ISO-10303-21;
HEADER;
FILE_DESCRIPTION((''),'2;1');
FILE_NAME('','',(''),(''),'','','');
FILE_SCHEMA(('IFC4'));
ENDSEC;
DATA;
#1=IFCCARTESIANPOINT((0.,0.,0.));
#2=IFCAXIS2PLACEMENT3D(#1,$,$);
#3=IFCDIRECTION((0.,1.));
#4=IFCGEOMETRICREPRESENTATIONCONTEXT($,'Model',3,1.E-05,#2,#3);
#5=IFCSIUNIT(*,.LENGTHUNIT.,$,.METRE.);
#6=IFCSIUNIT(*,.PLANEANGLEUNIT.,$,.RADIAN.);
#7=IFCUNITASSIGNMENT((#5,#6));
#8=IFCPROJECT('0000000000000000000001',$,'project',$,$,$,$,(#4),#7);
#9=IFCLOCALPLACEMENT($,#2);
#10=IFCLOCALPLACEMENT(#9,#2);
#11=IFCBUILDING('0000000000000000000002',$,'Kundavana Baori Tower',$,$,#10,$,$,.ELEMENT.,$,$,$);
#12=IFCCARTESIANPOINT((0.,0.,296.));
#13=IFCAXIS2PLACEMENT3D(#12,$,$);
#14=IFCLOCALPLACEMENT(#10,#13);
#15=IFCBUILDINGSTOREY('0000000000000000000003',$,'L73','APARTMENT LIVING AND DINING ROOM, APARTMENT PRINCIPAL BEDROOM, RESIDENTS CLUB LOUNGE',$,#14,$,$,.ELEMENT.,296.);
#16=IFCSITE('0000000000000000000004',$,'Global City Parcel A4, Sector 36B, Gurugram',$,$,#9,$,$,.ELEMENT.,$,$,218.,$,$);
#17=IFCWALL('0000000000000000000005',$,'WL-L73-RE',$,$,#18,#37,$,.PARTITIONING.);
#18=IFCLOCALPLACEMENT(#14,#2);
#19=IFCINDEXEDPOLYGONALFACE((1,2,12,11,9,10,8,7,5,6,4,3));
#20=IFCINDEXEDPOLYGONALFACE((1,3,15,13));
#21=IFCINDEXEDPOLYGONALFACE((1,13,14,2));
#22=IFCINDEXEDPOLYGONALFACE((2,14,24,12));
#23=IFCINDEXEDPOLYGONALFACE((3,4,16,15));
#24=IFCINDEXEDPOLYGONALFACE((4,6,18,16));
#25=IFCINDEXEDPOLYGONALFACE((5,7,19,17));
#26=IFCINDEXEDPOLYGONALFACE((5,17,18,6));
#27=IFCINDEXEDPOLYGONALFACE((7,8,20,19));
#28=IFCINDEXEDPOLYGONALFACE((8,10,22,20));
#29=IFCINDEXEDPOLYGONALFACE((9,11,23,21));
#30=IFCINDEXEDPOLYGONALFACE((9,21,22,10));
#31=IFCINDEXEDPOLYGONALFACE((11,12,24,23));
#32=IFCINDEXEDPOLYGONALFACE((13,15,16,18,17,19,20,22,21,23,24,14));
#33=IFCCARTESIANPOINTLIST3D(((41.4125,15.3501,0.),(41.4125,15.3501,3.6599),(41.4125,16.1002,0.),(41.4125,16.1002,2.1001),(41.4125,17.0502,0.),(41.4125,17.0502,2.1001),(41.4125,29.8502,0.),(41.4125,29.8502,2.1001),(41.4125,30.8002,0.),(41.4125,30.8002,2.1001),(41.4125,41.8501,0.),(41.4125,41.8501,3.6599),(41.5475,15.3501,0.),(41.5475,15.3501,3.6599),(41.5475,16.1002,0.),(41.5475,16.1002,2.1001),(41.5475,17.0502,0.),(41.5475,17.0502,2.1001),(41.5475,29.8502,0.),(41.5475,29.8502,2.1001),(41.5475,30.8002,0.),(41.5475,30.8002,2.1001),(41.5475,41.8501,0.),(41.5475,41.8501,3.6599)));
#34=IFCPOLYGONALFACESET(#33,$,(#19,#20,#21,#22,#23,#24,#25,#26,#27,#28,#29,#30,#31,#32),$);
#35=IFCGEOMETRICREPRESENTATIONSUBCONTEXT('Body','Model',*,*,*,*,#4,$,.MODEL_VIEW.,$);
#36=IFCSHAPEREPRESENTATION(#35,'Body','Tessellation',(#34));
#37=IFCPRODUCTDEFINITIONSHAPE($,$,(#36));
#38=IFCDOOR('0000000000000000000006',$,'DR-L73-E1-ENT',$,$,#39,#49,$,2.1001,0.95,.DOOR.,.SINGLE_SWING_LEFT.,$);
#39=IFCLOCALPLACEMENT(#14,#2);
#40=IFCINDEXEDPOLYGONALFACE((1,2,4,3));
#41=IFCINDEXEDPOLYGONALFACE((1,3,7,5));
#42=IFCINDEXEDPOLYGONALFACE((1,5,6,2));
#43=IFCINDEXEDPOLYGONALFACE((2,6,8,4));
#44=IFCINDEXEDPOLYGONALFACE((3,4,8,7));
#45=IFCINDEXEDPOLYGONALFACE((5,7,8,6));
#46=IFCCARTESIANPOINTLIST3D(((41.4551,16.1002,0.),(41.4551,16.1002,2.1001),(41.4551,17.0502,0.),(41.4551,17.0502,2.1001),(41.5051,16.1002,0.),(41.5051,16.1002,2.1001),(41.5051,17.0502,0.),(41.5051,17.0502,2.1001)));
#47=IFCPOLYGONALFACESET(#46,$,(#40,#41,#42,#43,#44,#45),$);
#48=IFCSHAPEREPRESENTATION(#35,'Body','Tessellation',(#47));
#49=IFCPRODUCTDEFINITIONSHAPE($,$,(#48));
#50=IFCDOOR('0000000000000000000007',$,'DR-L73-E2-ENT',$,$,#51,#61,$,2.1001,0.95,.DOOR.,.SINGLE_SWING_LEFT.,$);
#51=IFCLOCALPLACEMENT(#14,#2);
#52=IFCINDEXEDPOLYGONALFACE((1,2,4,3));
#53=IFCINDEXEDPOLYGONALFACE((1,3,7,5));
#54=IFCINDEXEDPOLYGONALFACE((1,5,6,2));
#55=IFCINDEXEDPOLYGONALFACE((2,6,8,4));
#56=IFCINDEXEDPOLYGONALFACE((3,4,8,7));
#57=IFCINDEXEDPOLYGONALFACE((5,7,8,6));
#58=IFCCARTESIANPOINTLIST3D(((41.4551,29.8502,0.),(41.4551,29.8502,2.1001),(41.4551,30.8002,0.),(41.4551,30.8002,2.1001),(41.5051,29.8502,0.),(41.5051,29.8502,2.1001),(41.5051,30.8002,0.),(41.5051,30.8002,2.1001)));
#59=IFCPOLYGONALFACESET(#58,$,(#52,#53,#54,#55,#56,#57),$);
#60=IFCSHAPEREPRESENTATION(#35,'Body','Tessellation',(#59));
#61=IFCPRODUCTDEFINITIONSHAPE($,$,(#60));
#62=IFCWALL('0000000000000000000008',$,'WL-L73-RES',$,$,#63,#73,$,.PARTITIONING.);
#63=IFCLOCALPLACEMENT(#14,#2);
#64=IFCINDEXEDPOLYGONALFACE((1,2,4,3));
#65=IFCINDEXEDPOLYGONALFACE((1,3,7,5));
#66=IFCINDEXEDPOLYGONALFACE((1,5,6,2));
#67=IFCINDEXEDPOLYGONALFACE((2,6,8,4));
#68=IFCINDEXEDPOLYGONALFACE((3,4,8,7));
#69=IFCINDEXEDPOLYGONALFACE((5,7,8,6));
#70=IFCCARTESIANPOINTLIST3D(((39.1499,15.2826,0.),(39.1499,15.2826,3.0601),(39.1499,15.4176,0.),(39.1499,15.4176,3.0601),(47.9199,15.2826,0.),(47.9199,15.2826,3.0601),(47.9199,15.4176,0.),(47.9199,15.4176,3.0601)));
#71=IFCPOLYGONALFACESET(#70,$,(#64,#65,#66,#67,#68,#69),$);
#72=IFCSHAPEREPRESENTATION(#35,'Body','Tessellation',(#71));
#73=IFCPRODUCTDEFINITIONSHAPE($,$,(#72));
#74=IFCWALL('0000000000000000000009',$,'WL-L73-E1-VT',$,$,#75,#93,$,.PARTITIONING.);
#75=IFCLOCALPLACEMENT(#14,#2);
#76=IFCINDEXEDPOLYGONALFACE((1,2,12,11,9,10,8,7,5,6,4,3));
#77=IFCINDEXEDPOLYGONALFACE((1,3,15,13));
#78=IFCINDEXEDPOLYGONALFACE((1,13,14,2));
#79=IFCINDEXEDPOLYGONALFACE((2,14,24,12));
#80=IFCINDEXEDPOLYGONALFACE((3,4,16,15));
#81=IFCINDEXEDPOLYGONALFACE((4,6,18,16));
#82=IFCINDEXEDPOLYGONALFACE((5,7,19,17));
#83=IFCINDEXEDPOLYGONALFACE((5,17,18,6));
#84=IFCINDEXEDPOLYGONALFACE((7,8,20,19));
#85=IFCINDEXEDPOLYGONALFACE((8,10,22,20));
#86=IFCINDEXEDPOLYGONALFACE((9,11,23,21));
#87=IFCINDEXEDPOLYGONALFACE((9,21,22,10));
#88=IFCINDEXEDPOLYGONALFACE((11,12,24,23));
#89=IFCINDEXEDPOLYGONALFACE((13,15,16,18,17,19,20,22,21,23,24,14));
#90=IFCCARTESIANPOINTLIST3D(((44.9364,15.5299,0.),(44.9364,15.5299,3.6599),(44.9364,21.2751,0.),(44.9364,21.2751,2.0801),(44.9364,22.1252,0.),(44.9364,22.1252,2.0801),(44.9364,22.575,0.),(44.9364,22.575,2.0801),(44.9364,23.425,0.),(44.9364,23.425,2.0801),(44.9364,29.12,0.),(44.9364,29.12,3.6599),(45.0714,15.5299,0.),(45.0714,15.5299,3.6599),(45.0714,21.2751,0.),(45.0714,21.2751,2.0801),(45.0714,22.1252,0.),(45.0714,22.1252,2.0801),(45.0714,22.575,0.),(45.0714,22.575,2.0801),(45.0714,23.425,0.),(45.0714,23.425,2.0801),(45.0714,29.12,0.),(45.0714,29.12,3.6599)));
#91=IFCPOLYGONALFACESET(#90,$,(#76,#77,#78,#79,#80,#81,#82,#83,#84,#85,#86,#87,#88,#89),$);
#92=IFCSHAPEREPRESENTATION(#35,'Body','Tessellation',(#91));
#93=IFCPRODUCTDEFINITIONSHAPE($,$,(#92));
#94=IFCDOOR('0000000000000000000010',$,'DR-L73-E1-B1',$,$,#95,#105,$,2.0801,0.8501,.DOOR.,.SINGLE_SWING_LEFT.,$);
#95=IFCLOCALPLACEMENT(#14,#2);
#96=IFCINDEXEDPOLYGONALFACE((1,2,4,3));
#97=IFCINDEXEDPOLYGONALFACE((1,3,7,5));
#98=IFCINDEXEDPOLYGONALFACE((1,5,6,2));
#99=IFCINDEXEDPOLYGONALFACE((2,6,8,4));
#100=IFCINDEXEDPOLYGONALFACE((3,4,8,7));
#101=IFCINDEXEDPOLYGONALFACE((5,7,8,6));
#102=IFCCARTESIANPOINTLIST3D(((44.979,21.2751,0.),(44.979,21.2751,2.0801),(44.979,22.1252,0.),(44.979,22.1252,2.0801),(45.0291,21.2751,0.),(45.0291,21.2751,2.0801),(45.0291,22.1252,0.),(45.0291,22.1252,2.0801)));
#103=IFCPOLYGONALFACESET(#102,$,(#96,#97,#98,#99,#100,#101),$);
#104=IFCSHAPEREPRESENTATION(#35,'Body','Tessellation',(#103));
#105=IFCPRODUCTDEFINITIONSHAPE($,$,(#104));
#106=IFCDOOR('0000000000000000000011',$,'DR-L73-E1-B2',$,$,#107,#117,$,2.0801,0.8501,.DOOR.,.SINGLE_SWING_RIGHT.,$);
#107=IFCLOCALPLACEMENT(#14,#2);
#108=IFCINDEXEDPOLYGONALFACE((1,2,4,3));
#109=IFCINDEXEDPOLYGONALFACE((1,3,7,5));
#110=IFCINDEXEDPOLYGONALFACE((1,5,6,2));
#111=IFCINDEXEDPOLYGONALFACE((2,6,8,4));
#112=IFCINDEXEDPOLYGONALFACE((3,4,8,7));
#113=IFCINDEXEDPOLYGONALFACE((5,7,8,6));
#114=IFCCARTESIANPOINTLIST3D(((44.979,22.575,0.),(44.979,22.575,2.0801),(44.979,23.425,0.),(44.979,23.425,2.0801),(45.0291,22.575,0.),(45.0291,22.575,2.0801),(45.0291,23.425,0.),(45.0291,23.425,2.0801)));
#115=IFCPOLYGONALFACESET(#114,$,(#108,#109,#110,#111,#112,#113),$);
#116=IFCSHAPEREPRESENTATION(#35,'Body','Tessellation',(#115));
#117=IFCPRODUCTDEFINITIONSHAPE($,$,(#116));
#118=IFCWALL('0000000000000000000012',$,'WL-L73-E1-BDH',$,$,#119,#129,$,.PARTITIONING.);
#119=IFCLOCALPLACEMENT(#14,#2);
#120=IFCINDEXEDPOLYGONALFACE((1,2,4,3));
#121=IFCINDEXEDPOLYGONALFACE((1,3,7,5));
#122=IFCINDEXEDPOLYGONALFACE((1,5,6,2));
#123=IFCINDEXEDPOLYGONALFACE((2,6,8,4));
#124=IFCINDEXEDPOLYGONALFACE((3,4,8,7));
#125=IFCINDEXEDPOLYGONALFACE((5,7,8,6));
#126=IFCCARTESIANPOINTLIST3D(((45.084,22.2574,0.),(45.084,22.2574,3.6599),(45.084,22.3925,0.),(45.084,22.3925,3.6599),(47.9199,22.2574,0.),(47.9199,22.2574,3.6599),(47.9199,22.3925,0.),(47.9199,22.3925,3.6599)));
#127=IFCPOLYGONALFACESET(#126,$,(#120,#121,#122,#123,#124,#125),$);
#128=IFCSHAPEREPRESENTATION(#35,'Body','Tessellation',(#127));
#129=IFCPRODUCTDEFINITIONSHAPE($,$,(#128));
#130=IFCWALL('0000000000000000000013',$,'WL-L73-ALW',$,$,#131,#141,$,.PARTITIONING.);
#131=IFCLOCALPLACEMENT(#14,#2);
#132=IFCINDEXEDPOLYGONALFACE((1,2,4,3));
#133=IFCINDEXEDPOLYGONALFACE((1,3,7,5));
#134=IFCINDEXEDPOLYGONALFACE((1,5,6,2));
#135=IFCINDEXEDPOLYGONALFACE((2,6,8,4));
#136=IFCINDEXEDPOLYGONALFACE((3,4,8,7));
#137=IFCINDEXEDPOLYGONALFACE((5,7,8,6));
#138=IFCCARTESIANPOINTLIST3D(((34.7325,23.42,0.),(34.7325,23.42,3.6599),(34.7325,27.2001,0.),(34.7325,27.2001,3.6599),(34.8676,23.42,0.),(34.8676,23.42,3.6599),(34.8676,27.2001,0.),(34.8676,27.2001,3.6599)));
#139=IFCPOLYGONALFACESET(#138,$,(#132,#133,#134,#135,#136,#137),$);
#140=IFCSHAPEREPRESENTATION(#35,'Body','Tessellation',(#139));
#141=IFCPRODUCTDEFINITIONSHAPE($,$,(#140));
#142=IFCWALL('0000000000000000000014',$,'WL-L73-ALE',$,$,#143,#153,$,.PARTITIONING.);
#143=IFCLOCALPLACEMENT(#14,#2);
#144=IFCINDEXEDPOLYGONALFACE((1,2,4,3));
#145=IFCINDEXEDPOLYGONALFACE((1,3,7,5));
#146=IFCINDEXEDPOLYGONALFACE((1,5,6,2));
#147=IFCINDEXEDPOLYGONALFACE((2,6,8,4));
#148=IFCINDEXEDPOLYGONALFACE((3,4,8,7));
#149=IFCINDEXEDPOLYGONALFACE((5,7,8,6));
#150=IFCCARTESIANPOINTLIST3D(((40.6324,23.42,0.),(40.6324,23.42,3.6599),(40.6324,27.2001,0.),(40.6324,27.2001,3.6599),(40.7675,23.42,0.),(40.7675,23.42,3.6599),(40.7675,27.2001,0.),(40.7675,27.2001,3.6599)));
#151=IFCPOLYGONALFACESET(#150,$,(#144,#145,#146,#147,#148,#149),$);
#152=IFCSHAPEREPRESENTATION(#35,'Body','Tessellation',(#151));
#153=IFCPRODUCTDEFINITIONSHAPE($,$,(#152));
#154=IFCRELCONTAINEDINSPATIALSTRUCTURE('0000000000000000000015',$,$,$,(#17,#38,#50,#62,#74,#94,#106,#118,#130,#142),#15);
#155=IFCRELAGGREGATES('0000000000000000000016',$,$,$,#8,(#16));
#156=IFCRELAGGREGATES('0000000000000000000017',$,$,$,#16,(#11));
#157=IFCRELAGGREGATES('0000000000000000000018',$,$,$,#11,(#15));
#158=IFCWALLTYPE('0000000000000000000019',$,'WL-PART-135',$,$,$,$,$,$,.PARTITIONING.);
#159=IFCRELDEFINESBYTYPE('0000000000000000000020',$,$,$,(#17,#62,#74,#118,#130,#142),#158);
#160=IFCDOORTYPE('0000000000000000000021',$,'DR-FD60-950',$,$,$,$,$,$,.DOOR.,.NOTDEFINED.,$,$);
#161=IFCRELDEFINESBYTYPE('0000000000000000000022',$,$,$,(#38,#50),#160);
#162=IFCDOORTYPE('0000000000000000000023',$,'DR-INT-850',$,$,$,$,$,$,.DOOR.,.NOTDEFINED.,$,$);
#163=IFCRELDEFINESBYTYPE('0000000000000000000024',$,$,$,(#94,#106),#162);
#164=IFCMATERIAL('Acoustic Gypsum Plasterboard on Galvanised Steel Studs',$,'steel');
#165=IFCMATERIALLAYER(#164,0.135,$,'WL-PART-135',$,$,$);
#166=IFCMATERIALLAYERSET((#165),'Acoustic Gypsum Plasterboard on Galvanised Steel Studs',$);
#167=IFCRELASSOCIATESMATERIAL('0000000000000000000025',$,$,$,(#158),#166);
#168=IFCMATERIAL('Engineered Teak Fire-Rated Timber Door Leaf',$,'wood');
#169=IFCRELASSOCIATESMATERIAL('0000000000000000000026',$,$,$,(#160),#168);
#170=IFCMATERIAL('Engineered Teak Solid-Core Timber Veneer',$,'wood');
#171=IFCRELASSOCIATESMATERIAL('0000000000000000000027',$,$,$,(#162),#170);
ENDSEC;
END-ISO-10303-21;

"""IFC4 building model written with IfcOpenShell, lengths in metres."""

from ifc_helpers import new_model, si_unit, direction, frame, frame_2d, origin, place, context, subcontext, project, spatial, rectangle, extrude, material, layer, layer_set, type_object, element, fill, save


model = new_model("IFC4")

# Units and contexts
model_context = context("Model", 3, precision=1e-05, world=origin(), true_north=direction((0.0, 1.0)))
body_context = subcontext(model_context, "Body", "Model", "MODEL_VIEW")
ifc_project = project(units=[si_unit("LENGTHUNIT", "METRE"), si_unit("PLANEANGLEUNIT", "RADIAN")], contexts=[model_context])

# Site, building, storey
site_placement = place(None, origin())
site = spatial("IfcSite", under=ifc_project, at=site_placement, Name="Global City Parcel A4, Sector 36B, Gurugram", CompositionType="ELEMENT", RefElevation=218.0)
building_placement = place(site_placement, origin())
building = spatial("IfcBuilding", under=site, at=building_placement, Name="Kundavana Baori Tower", CompositionType="ELEMENT")
storey_placement = place(building_placement, frame((0.0, 0.0, 296.0)))
storey = spatial("IfcBuildingStorey", under=building, at=storey_placement, Name="L73", Description="APARTMENT LIVING AND DINING ROOM, APARTMENT PRINCIPAL BEDROOM, RESIDENTS CLUB LOUNGE", CompositionType="ELEMENT", Elevation=296.0)

# Wall, openings, doors
ifc_material_1 = material(Name="Acoustic Gypsum Plasterboard on Galvanised Steel Studs", Category="steel")
ifc_layer_1 = layer(ifc_material_1, 0.135, Name="WL-PART-135")
ifc_layer_set_1 = layer_set([ifc_layer_1], Name="Acoustic Gypsum Plasterboard on Galvanised Steel Studs")
wall_type_1 = type_object("IfcWallType", Name="WL-PART-135", PredefinedType="PARTITIONING", material=ifc_layer_set_1)
wall_1_placement = place(storey_placement, frame((41.48, 15.3501, 0.0), z_axis=(0.0, 0.0, 1.0), x_axis=(0.0, 1.0, 0.0)))
wall_1 = element("IfcWall", 1, at=wall_1_placement, inside=storey, type_object=wall_type_1, Name="WL-L73-RE", PredefinedType="PARTITIONING", context=body_context, shape_type="SweptSolid", body=[
    extrude(rectangle(XDim=26.5, YDim=0.135, at=frame_2d((13.25, 0.0))), origin(), (0.0, 0.0, 1.0), 3.6599),
])
opening_1_placement = place(wall_1_placement, frame((0.75, 0.0, 0.0)))
opening_1 = element("IfcOpeningElement", 2, at=opening_1_placement, cuts=wall_1, PredefinedType="OPENING", context=body_context, shape_type="SweptSolid", body=[
    extrude(rectangle(XDim=0.95, YDim=2.1001, at=frame_2d((0.4751, 1.05))), frame((0.0, 0.0776, 0.0), z_axis=(0.0, -1.0, 0.0), x_axis=(1.0, 0.0, 0.0)), (0.0, 0.0, 1.0), 0.155),
])
opening_2_placement = place(wall_1_placement, frame((14.5, 0.0, 0.0)))
opening_2 = element("IfcOpeningElement", 3, at=opening_2_placement, cuts=wall_1, PredefinedType="OPENING", context=body_context, shape_type="SweptSolid", body=[
    extrude(rectangle(XDim=0.95, YDim=2.1001, at=frame_2d((0.4751, 1.05))), frame((0.0, 0.0776, 0.0), z_axis=(0.0, -1.0, 0.0), x_axis=(1.0, 0.0, 0.0)), (0.0, 0.0, 1.0), 0.155),
])
ifc_material_2 = material(Name="Engineered Teak Fire-Rated Timber Door Leaf", Category="wood")
door_type_1 = type_object("IfcDoorType", Name="DR-FD60-950", OperationType="NOTDEFINED", PredefinedType="DOOR", material=ifc_material_2)
door_1_placement = place(opening_1_placement, origin())
door_1 = element("IfcDoor", 4, at=door_1_placement, inside=storey, type_object=door_type_1, Name="DR-L73-E1-ENT", OperationType="SINGLE_SWING_LEFT", OverallHeight=2.1001, OverallWidth=0.95, PredefinedType="DOOR", context=body_context, shape_type="SweptSolid", body=[
    extrude(rectangle(XDim=0.95, YDim=2.1001, at=frame_2d((0.4751, 1.05))), frame((0.0, 0.0249, 0.0), z_axis=(0.0, -1.0, 0.0), x_axis=(1.0, 0.0, 0.0)), (0.0, 0.0, 1.0), 0.05),
])
fill(opening_1, door_1)
door_2_placement = place(opening_2_placement, origin())
door_2 = element("IfcDoor", 5, at=door_2_placement, inside=storey, type_object=door_type_1, Name="DR-L73-E2-ENT", OperationType="SINGLE_SWING_LEFT", OverallHeight=2.1001, OverallWidth=0.95, PredefinedType="DOOR", context=body_context, shape_type="SweptSolid", body=[
    extrude(rectangle(XDim=0.95, YDim=2.1001, at=frame_2d((0.4751, 1.05))), frame((0.0, 0.0249, 0.0), z_axis=(0.0, -1.0, 0.0), x_axis=(1.0, 0.0, 0.0)), (0.0, 0.0, 1.0), 0.05),
])
fill(opening_2, door_2)

# Wall
wall_2_placement = place(storey_placement, frame((39.1499, 15.3501, 0.0), z_axis=(0.0, 0.0, 1.0), x_axis=(1.0, 0.0, 0.0)))
element("IfcWall", 6, at=wall_2_placement, inside=storey, type_object=wall_type_1, Name="WL-L73-RES", PredefinedType="PARTITIONING", context=body_context, shape_type="SweptSolid", body=[
    extrude(rectangle(XDim=8.77, YDim=0.135, at=frame_2d((4.385, 0.0))), origin(), (0.0, 0.0, 1.0), 3.0601),
])

# Wall, openings, doors
wall_3_placement = place(storey_placement, frame((45.0039, 15.53, 0.0), z_axis=(0.0, 0.0, 1.0), x_axis=(0.0, 1.0, 0.0)))
wall_3 = element("IfcWall", 7, at=wall_3_placement, inside=storey, type_object=wall_type_1, Name="WL-L73-E1-VT", PredefinedType="PARTITIONING", context=body_context, shape_type="SweptSolid", body=[
    extrude(rectangle(XDim=13.5901, YDim=0.135, at=frame_2d((6.7949, 0.0))), origin(), (0.0, 0.0, 1.0), 3.6599),
])
opening_3_placement = place(wall_3_placement, frame((5.7451, 0.0, 0.0)))
opening_3 = element("IfcOpeningElement", 8, at=opening_3_placement, cuts=wall_3, PredefinedType="OPENING", context=body_context, shape_type="SweptSolid", body=[
    extrude(rectangle(XDim=0.8501, YDim=2.0801, at=frame_2d((0.425, 1.04))), frame((0.0, 0.0776, 0.0), z_axis=(0.0, -1.0, 0.0), x_axis=(1.0, 0.0, 0.0)), (0.0, 0.0, 1.0), 0.155),
])
opening_4_placement = place(wall_3_placement, frame((7.0449, 0.0, 0.0)))
opening_4 = element("IfcOpeningElement", 9, at=opening_4_placement, cuts=wall_3, PredefinedType="OPENING", context=body_context, shape_type="SweptSolid", body=[
    extrude(rectangle(XDim=0.8501, YDim=2.0801, at=frame_2d((0.425, 1.04))), frame((0.0, 0.0776, 0.0), z_axis=(0.0, -1.0, 0.0), x_axis=(1.0, 0.0, 0.0)), (0.0, 0.0, 1.0), 0.155),
])
ifc_material_3 = material(Name="Engineered Teak Solid-Core Timber Veneer", Category="wood")
door_type_2 = type_object("IfcDoorType", Name="DR-INT-850", OperationType="NOTDEFINED", PredefinedType="DOOR", material=ifc_material_3)
door_3_placement = place(opening_3_placement, origin())
door_3 = element("IfcDoor", 10, at=door_3_placement, inside=storey, type_object=door_type_2, Name="DR-L73-E1-B1", OperationType="SINGLE_SWING_LEFT", OverallHeight=2.0801, OverallWidth=0.8501, PredefinedType="DOOR", context=body_context, shape_type="SweptSolid", body=[
    extrude(rectangle(XDim=0.8501, YDim=2.0801, at=frame_2d((0.425, 1.04))), frame((0.0, 0.0249, 0.0), z_axis=(0.0, -1.0, 0.0), x_axis=(1.0, 0.0, 0.0)), (0.0, 0.0, 1.0), 0.05),
])
fill(opening_3, door_3)
door_4_placement = place(opening_4_placement, origin())
door_4 = element("IfcDoor", 11, at=door_4_placement, inside=storey, type_object=door_type_2, Name="DR-L73-E1-B2", OperationType="SINGLE_SWING_RIGHT", OverallHeight=2.0801, OverallWidth=0.8501, PredefinedType="DOOR", context=body_context, shape_type="SweptSolid", body=[
    extrude(rectangle(XDim=0.8501, YDim=2.0801, at=frame_2d((0.425, 1.04))), frame((0.0, 0.0249, 0.0), z_axis=(0.0, -1.0, 0.0), x_axis=(1.0, 0.0, 0.0)), (0.0, 0.0, 1.0), 0.05),
])
fill(opening_4, door_4)

# Walls
wall_4_placement = place(storey_placement, frame((45.084, 22.325, 0.0), z_axis=(0.0, 0.0, 1.0), x_axis=(1.0, 0.0, 0.0)))
element("IfcWall", 12, at=wall_4_placement, inside=storey, type_object=wall_type_1, Name="WL-L73-E1-BDH", PredefinedType="PARTITIONING", context=body_context, shape_type="SweptSolid", body=[
    extrude(rectangle(XDim=2.8359, YDim=0.135, at=frame_2d((1.418, 0.0))), origin(), (0.0, 0.0, 1.0), 3.6599),
])
for number, where, z_axis, x_axis, name in (
    (13, (34.8, 23.4199, 0.0), (0.0, 0.0, 1.0), (0.0, 1.0, 0.0), "WL-L73-ALW"),
    (14, (40.7, 23.4199, 0.0), (0.0, 0.0, 1.0), (0.0, 1.0, 0.0), "WL-L73-ALE"),
):
    element("IfcWall", number, at=place(storey_placement, frame(where, z_axis=z_axis, x_axis=x_axis)), inside=storey, type_object=wall_type_1, Name=name, PredefinedType="PARTITIONING", context=body_context, shape_type="SweptSolid", body=[
        extrude(rectangle(XDim=3.78, YDim=0.135, at=frame_2d((1.8901, 0.0))), origin(), (0.0, 0.0, 1.0), 3.6599),
    ])

save(model, "model.ifc")
